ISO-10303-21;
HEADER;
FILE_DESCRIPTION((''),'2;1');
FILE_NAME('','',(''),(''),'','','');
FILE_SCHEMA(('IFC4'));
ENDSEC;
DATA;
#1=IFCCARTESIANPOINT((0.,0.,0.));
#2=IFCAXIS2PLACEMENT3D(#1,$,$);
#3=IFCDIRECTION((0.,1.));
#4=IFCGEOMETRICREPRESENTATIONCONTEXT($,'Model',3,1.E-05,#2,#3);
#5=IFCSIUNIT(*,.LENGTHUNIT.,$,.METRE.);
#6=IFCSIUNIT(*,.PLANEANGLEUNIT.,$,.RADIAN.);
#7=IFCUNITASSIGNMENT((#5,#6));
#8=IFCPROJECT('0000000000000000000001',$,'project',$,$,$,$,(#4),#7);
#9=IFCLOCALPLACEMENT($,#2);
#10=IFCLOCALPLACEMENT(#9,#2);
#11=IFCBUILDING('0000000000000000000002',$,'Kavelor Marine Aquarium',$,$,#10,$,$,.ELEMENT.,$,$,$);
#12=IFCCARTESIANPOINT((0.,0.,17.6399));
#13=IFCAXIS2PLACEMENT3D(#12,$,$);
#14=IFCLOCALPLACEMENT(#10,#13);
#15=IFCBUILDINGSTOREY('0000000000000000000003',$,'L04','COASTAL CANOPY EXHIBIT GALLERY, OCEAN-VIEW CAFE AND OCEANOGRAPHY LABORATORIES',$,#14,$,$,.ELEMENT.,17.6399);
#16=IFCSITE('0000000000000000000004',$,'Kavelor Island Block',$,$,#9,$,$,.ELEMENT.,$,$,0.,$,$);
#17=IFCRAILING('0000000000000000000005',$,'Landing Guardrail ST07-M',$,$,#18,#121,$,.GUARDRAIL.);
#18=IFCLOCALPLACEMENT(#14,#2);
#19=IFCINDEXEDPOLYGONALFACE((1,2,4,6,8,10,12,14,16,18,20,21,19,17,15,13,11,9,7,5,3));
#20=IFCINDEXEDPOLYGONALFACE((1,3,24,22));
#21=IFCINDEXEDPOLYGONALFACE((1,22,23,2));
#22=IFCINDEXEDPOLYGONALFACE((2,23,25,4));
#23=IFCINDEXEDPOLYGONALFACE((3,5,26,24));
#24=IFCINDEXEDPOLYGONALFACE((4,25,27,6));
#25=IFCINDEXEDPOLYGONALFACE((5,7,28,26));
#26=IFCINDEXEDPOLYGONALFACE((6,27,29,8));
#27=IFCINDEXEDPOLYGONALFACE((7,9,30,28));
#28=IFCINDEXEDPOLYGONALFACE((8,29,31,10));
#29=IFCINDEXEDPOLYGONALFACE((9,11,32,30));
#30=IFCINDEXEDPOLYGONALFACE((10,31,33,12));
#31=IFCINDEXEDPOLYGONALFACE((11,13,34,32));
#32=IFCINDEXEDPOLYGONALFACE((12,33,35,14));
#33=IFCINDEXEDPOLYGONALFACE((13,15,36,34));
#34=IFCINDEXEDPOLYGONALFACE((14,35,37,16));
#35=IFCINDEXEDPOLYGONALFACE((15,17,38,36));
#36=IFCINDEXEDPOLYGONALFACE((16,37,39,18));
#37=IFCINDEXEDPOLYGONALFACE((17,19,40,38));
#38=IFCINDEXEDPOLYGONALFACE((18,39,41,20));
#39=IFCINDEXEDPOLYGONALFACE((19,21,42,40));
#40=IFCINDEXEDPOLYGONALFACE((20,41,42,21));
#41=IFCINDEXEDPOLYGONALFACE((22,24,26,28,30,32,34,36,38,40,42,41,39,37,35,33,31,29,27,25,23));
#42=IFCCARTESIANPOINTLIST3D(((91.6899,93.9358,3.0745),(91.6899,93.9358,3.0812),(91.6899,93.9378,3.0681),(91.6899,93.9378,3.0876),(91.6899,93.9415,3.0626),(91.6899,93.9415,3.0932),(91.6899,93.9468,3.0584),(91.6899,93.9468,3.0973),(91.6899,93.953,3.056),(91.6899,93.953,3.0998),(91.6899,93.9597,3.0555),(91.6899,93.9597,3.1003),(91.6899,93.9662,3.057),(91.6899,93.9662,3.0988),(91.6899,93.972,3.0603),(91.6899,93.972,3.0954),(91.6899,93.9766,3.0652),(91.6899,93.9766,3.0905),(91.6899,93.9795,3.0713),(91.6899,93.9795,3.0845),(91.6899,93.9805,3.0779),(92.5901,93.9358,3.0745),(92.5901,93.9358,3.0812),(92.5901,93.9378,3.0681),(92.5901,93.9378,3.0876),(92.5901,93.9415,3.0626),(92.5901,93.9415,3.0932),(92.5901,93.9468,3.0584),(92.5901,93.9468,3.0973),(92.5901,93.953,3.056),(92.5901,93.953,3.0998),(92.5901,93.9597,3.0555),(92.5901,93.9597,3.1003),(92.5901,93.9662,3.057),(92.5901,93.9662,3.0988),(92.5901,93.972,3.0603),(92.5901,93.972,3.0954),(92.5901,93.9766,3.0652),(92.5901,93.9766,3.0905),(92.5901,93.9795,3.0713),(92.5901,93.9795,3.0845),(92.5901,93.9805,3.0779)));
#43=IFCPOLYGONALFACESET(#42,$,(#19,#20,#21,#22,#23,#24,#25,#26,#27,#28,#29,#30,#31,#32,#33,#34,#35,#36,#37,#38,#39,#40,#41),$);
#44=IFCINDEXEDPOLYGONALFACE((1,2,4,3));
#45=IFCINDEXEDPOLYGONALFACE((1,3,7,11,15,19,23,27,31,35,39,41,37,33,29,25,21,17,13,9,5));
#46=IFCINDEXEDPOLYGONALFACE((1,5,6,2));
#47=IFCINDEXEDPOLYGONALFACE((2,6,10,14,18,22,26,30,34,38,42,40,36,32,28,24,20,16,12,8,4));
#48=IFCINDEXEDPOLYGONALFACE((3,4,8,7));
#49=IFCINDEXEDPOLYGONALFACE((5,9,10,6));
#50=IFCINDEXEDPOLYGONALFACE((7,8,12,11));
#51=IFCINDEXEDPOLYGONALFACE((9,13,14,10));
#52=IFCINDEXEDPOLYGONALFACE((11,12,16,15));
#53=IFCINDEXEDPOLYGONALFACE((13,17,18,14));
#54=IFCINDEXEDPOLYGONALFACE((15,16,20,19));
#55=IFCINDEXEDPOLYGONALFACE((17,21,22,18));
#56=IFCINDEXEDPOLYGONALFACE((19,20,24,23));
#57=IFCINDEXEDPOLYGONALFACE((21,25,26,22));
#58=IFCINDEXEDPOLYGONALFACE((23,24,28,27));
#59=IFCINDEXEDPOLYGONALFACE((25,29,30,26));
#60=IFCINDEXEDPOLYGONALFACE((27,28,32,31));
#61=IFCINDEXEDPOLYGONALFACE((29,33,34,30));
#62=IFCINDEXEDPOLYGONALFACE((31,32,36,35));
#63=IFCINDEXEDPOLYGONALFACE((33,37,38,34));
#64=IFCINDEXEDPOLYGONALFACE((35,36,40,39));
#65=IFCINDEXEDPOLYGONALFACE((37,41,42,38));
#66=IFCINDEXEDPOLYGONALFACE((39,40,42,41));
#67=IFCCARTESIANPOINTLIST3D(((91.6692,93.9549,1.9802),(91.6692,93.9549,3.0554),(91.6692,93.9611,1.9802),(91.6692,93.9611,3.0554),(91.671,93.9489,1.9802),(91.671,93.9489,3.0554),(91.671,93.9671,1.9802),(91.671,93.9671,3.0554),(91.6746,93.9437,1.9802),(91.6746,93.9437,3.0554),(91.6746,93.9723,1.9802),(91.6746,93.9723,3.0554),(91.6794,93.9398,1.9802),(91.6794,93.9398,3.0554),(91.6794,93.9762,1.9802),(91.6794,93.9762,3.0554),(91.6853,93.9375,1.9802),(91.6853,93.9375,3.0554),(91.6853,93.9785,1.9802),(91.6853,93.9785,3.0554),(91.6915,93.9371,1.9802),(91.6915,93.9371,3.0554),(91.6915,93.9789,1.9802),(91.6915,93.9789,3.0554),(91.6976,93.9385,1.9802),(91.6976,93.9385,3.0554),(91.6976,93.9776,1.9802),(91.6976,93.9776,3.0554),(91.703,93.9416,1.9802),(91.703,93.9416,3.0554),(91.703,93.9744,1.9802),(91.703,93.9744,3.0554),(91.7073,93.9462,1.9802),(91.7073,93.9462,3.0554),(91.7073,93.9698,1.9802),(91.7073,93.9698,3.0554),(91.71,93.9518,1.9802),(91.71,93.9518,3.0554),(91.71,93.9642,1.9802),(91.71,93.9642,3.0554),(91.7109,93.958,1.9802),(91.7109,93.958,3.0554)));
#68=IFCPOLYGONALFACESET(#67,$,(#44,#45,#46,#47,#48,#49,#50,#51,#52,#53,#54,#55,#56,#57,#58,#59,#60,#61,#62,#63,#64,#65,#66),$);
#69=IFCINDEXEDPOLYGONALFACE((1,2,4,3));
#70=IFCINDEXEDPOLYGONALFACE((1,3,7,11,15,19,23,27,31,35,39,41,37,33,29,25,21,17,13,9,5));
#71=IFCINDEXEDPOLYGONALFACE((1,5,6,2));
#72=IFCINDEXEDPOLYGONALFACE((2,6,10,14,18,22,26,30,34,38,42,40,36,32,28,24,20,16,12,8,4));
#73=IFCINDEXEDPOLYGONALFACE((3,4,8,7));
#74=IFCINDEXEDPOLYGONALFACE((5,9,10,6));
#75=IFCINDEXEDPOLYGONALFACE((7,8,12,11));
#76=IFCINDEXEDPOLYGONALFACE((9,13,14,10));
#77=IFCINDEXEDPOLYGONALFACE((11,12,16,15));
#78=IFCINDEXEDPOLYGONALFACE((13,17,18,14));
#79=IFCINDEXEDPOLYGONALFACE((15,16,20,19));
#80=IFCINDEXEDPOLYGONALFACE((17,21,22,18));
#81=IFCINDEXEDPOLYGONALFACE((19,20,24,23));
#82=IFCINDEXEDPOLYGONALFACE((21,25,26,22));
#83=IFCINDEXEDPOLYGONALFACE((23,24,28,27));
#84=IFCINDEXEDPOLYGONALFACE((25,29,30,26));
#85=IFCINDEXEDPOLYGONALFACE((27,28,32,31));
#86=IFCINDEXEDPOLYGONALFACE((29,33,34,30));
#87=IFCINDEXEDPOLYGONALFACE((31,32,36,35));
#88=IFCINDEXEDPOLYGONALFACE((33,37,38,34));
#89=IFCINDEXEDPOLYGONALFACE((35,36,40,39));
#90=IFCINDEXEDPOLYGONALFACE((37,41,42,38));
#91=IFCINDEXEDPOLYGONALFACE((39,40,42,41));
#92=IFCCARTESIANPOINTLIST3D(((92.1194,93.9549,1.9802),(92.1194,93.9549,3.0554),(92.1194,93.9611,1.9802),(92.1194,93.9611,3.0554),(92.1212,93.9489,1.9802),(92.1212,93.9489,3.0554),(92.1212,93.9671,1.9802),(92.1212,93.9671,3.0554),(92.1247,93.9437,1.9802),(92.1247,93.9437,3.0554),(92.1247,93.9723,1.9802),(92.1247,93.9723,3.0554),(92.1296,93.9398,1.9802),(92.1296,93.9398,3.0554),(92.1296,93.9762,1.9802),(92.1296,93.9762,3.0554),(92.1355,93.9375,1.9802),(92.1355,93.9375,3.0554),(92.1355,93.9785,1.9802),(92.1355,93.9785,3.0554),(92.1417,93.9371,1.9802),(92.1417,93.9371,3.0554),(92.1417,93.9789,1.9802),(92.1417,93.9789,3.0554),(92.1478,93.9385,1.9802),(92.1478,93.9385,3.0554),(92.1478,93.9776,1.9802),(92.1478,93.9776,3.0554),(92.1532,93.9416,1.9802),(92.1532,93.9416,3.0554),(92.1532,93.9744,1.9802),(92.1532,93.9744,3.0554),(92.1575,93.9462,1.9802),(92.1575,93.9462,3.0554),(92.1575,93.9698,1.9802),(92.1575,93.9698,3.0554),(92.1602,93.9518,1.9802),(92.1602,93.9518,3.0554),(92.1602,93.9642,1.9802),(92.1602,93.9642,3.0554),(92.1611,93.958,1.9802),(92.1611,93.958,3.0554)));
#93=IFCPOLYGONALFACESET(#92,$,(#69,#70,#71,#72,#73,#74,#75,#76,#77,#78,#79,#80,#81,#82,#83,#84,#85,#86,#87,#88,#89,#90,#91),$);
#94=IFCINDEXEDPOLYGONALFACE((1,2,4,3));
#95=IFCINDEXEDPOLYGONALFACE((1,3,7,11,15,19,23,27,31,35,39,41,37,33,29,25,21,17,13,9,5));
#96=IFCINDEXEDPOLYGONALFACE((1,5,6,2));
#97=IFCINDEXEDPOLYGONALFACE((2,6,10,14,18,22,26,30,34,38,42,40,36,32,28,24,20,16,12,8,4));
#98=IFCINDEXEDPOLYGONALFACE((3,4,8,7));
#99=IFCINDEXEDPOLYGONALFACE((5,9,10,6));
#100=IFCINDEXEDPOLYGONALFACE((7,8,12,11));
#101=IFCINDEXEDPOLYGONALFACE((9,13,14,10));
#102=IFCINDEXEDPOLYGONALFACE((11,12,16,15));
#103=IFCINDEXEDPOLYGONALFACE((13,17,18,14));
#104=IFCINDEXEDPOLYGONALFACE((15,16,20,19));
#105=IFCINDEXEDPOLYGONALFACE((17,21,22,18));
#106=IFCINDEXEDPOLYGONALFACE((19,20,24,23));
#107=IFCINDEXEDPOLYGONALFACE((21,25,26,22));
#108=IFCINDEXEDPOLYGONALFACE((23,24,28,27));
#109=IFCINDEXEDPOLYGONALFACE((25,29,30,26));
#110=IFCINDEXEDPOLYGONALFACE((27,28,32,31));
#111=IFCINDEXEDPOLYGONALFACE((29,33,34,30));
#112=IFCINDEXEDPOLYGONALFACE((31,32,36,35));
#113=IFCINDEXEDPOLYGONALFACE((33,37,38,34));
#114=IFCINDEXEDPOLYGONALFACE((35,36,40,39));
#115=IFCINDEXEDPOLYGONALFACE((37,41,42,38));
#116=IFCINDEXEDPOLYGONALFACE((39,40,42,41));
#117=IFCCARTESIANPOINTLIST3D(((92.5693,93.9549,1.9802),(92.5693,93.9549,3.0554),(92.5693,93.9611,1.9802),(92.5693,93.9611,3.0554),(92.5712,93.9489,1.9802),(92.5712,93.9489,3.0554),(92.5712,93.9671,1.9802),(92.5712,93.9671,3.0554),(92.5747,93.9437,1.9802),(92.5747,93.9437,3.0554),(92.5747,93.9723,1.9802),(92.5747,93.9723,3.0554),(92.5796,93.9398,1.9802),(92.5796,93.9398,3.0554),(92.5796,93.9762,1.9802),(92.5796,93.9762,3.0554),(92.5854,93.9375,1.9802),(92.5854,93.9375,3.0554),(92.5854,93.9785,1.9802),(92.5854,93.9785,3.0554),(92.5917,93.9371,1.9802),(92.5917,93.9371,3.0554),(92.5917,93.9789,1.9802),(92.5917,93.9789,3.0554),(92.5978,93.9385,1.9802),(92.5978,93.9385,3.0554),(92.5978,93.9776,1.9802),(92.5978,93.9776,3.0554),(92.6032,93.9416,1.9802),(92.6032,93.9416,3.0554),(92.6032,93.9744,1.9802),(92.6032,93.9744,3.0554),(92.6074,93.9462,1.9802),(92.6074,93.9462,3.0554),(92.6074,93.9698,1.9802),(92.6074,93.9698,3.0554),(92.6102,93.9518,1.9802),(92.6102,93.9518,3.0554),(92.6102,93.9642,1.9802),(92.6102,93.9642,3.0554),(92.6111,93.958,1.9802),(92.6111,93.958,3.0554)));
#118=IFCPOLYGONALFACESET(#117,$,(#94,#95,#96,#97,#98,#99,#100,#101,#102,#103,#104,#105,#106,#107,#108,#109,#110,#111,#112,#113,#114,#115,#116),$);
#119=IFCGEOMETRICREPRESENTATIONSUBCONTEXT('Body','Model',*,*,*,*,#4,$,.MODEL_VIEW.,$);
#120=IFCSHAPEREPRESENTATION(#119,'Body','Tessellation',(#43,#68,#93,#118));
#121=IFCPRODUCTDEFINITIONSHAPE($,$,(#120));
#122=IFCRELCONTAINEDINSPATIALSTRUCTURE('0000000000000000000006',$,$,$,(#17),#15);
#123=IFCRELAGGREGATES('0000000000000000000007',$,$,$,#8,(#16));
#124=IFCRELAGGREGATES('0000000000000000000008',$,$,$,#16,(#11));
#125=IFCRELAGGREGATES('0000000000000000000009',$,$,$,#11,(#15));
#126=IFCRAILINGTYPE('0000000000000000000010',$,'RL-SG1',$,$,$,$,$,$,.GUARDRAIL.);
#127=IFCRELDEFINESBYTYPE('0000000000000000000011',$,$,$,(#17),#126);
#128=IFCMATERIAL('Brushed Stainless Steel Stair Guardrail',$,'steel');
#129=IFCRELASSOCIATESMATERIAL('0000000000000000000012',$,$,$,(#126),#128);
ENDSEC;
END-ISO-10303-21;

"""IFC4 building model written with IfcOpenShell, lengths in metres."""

from ifc_helpers import new_model, si_unit, direction, frame, origin, origin_2d, place, context, subcontext, project, spatial, circle, extrude, material, type_object, element, save


model = new_model("IFC4")

# Units and contexts
model_context = context("Model", 3, precision=1e-05, world=origin(), true_north=direction((0.0, 1.0)))
body_context = subcontext(model_context, "Body", "Model", "MODEL_VIEW")
ifc_project = project(units=[si_unit("LENGTHUNIT", "METRE"), si_unit("PLANEANGLEUNIT", "RADIAN")], contexts=[model_context])

# Site, building, storey
site_placement = place(None, origin())
site = spatial("IfcSite", under=ifc_project, at=site_placement, Name="Kavelor Island Block", CompositionType="ELEMENT", RefElevation=0.0)
building_placement = place(site_placement, origin())
building = spatial("IfcBuilding", under=site, at=building_placement, Name="Kavelor Marine Aquarium", CompositionType="ELEMENT")
storey_placement = place(building_placement, frame((0.0, 0.0, 17.6399)))
storey = spatial("IfcBuildingStorey", under=building, at=storey_placement, Name="L04", Description="COASTAL CANOPY EXHIBIT GALLERY, OCEAN-VIEW CAFE AND OCEANOGRAPHY LABORATORIES", CompositionType="ELEMENT", Elevation=17.6399)

# Railing
ifc_material_1 = material(Name="Brushed Stainless Steel Stair Guardrail", Category="steel")
railing_type_1 = type_object("IfcRailingType", Name="RL-SG1", PredefinedType="GUARDRAIL", material=ifc_material_1)
railing_1_placement = place(storey_placement, frame((91.6899, 93.958, 1.9802)))
element("IfcRailing", 1, at=railing_1_placement, inside=storey, type_object=railing_type_1, Name="Landing Guardrail ST07-M", PredefinedType="GUARDRAIL", context=body_context, shape_type="SweptSolid", body=[
    extrude(circle(Radius=0.0225, at=origin_2d()), frame((0.0, 0.0, 1.0977), z_axis=(1.0, 0.0, 0.0), x_axis=(0.0, 1.0, 0.0)), (0.0, 0.0, 1.0), 0.9001),
    extrude(circle(Radius=0.021, at=origin_2d()), origin(), (0.0, 0.0, 1.0), 1.0752),
    extrude(circle(Radius=0.021, at=origin_2d()), frame((0.4502, 0.0, 0.0)), (0.0, 0.0, 1.0), 1.0752),
    extrude(circle(Radius=0.021, at=origin_2d()), frame((0.9001, 0.0, 0.0)), (0.0, 0.0, 1.0), 1.0752),
])

save(model, "model.ifc")
